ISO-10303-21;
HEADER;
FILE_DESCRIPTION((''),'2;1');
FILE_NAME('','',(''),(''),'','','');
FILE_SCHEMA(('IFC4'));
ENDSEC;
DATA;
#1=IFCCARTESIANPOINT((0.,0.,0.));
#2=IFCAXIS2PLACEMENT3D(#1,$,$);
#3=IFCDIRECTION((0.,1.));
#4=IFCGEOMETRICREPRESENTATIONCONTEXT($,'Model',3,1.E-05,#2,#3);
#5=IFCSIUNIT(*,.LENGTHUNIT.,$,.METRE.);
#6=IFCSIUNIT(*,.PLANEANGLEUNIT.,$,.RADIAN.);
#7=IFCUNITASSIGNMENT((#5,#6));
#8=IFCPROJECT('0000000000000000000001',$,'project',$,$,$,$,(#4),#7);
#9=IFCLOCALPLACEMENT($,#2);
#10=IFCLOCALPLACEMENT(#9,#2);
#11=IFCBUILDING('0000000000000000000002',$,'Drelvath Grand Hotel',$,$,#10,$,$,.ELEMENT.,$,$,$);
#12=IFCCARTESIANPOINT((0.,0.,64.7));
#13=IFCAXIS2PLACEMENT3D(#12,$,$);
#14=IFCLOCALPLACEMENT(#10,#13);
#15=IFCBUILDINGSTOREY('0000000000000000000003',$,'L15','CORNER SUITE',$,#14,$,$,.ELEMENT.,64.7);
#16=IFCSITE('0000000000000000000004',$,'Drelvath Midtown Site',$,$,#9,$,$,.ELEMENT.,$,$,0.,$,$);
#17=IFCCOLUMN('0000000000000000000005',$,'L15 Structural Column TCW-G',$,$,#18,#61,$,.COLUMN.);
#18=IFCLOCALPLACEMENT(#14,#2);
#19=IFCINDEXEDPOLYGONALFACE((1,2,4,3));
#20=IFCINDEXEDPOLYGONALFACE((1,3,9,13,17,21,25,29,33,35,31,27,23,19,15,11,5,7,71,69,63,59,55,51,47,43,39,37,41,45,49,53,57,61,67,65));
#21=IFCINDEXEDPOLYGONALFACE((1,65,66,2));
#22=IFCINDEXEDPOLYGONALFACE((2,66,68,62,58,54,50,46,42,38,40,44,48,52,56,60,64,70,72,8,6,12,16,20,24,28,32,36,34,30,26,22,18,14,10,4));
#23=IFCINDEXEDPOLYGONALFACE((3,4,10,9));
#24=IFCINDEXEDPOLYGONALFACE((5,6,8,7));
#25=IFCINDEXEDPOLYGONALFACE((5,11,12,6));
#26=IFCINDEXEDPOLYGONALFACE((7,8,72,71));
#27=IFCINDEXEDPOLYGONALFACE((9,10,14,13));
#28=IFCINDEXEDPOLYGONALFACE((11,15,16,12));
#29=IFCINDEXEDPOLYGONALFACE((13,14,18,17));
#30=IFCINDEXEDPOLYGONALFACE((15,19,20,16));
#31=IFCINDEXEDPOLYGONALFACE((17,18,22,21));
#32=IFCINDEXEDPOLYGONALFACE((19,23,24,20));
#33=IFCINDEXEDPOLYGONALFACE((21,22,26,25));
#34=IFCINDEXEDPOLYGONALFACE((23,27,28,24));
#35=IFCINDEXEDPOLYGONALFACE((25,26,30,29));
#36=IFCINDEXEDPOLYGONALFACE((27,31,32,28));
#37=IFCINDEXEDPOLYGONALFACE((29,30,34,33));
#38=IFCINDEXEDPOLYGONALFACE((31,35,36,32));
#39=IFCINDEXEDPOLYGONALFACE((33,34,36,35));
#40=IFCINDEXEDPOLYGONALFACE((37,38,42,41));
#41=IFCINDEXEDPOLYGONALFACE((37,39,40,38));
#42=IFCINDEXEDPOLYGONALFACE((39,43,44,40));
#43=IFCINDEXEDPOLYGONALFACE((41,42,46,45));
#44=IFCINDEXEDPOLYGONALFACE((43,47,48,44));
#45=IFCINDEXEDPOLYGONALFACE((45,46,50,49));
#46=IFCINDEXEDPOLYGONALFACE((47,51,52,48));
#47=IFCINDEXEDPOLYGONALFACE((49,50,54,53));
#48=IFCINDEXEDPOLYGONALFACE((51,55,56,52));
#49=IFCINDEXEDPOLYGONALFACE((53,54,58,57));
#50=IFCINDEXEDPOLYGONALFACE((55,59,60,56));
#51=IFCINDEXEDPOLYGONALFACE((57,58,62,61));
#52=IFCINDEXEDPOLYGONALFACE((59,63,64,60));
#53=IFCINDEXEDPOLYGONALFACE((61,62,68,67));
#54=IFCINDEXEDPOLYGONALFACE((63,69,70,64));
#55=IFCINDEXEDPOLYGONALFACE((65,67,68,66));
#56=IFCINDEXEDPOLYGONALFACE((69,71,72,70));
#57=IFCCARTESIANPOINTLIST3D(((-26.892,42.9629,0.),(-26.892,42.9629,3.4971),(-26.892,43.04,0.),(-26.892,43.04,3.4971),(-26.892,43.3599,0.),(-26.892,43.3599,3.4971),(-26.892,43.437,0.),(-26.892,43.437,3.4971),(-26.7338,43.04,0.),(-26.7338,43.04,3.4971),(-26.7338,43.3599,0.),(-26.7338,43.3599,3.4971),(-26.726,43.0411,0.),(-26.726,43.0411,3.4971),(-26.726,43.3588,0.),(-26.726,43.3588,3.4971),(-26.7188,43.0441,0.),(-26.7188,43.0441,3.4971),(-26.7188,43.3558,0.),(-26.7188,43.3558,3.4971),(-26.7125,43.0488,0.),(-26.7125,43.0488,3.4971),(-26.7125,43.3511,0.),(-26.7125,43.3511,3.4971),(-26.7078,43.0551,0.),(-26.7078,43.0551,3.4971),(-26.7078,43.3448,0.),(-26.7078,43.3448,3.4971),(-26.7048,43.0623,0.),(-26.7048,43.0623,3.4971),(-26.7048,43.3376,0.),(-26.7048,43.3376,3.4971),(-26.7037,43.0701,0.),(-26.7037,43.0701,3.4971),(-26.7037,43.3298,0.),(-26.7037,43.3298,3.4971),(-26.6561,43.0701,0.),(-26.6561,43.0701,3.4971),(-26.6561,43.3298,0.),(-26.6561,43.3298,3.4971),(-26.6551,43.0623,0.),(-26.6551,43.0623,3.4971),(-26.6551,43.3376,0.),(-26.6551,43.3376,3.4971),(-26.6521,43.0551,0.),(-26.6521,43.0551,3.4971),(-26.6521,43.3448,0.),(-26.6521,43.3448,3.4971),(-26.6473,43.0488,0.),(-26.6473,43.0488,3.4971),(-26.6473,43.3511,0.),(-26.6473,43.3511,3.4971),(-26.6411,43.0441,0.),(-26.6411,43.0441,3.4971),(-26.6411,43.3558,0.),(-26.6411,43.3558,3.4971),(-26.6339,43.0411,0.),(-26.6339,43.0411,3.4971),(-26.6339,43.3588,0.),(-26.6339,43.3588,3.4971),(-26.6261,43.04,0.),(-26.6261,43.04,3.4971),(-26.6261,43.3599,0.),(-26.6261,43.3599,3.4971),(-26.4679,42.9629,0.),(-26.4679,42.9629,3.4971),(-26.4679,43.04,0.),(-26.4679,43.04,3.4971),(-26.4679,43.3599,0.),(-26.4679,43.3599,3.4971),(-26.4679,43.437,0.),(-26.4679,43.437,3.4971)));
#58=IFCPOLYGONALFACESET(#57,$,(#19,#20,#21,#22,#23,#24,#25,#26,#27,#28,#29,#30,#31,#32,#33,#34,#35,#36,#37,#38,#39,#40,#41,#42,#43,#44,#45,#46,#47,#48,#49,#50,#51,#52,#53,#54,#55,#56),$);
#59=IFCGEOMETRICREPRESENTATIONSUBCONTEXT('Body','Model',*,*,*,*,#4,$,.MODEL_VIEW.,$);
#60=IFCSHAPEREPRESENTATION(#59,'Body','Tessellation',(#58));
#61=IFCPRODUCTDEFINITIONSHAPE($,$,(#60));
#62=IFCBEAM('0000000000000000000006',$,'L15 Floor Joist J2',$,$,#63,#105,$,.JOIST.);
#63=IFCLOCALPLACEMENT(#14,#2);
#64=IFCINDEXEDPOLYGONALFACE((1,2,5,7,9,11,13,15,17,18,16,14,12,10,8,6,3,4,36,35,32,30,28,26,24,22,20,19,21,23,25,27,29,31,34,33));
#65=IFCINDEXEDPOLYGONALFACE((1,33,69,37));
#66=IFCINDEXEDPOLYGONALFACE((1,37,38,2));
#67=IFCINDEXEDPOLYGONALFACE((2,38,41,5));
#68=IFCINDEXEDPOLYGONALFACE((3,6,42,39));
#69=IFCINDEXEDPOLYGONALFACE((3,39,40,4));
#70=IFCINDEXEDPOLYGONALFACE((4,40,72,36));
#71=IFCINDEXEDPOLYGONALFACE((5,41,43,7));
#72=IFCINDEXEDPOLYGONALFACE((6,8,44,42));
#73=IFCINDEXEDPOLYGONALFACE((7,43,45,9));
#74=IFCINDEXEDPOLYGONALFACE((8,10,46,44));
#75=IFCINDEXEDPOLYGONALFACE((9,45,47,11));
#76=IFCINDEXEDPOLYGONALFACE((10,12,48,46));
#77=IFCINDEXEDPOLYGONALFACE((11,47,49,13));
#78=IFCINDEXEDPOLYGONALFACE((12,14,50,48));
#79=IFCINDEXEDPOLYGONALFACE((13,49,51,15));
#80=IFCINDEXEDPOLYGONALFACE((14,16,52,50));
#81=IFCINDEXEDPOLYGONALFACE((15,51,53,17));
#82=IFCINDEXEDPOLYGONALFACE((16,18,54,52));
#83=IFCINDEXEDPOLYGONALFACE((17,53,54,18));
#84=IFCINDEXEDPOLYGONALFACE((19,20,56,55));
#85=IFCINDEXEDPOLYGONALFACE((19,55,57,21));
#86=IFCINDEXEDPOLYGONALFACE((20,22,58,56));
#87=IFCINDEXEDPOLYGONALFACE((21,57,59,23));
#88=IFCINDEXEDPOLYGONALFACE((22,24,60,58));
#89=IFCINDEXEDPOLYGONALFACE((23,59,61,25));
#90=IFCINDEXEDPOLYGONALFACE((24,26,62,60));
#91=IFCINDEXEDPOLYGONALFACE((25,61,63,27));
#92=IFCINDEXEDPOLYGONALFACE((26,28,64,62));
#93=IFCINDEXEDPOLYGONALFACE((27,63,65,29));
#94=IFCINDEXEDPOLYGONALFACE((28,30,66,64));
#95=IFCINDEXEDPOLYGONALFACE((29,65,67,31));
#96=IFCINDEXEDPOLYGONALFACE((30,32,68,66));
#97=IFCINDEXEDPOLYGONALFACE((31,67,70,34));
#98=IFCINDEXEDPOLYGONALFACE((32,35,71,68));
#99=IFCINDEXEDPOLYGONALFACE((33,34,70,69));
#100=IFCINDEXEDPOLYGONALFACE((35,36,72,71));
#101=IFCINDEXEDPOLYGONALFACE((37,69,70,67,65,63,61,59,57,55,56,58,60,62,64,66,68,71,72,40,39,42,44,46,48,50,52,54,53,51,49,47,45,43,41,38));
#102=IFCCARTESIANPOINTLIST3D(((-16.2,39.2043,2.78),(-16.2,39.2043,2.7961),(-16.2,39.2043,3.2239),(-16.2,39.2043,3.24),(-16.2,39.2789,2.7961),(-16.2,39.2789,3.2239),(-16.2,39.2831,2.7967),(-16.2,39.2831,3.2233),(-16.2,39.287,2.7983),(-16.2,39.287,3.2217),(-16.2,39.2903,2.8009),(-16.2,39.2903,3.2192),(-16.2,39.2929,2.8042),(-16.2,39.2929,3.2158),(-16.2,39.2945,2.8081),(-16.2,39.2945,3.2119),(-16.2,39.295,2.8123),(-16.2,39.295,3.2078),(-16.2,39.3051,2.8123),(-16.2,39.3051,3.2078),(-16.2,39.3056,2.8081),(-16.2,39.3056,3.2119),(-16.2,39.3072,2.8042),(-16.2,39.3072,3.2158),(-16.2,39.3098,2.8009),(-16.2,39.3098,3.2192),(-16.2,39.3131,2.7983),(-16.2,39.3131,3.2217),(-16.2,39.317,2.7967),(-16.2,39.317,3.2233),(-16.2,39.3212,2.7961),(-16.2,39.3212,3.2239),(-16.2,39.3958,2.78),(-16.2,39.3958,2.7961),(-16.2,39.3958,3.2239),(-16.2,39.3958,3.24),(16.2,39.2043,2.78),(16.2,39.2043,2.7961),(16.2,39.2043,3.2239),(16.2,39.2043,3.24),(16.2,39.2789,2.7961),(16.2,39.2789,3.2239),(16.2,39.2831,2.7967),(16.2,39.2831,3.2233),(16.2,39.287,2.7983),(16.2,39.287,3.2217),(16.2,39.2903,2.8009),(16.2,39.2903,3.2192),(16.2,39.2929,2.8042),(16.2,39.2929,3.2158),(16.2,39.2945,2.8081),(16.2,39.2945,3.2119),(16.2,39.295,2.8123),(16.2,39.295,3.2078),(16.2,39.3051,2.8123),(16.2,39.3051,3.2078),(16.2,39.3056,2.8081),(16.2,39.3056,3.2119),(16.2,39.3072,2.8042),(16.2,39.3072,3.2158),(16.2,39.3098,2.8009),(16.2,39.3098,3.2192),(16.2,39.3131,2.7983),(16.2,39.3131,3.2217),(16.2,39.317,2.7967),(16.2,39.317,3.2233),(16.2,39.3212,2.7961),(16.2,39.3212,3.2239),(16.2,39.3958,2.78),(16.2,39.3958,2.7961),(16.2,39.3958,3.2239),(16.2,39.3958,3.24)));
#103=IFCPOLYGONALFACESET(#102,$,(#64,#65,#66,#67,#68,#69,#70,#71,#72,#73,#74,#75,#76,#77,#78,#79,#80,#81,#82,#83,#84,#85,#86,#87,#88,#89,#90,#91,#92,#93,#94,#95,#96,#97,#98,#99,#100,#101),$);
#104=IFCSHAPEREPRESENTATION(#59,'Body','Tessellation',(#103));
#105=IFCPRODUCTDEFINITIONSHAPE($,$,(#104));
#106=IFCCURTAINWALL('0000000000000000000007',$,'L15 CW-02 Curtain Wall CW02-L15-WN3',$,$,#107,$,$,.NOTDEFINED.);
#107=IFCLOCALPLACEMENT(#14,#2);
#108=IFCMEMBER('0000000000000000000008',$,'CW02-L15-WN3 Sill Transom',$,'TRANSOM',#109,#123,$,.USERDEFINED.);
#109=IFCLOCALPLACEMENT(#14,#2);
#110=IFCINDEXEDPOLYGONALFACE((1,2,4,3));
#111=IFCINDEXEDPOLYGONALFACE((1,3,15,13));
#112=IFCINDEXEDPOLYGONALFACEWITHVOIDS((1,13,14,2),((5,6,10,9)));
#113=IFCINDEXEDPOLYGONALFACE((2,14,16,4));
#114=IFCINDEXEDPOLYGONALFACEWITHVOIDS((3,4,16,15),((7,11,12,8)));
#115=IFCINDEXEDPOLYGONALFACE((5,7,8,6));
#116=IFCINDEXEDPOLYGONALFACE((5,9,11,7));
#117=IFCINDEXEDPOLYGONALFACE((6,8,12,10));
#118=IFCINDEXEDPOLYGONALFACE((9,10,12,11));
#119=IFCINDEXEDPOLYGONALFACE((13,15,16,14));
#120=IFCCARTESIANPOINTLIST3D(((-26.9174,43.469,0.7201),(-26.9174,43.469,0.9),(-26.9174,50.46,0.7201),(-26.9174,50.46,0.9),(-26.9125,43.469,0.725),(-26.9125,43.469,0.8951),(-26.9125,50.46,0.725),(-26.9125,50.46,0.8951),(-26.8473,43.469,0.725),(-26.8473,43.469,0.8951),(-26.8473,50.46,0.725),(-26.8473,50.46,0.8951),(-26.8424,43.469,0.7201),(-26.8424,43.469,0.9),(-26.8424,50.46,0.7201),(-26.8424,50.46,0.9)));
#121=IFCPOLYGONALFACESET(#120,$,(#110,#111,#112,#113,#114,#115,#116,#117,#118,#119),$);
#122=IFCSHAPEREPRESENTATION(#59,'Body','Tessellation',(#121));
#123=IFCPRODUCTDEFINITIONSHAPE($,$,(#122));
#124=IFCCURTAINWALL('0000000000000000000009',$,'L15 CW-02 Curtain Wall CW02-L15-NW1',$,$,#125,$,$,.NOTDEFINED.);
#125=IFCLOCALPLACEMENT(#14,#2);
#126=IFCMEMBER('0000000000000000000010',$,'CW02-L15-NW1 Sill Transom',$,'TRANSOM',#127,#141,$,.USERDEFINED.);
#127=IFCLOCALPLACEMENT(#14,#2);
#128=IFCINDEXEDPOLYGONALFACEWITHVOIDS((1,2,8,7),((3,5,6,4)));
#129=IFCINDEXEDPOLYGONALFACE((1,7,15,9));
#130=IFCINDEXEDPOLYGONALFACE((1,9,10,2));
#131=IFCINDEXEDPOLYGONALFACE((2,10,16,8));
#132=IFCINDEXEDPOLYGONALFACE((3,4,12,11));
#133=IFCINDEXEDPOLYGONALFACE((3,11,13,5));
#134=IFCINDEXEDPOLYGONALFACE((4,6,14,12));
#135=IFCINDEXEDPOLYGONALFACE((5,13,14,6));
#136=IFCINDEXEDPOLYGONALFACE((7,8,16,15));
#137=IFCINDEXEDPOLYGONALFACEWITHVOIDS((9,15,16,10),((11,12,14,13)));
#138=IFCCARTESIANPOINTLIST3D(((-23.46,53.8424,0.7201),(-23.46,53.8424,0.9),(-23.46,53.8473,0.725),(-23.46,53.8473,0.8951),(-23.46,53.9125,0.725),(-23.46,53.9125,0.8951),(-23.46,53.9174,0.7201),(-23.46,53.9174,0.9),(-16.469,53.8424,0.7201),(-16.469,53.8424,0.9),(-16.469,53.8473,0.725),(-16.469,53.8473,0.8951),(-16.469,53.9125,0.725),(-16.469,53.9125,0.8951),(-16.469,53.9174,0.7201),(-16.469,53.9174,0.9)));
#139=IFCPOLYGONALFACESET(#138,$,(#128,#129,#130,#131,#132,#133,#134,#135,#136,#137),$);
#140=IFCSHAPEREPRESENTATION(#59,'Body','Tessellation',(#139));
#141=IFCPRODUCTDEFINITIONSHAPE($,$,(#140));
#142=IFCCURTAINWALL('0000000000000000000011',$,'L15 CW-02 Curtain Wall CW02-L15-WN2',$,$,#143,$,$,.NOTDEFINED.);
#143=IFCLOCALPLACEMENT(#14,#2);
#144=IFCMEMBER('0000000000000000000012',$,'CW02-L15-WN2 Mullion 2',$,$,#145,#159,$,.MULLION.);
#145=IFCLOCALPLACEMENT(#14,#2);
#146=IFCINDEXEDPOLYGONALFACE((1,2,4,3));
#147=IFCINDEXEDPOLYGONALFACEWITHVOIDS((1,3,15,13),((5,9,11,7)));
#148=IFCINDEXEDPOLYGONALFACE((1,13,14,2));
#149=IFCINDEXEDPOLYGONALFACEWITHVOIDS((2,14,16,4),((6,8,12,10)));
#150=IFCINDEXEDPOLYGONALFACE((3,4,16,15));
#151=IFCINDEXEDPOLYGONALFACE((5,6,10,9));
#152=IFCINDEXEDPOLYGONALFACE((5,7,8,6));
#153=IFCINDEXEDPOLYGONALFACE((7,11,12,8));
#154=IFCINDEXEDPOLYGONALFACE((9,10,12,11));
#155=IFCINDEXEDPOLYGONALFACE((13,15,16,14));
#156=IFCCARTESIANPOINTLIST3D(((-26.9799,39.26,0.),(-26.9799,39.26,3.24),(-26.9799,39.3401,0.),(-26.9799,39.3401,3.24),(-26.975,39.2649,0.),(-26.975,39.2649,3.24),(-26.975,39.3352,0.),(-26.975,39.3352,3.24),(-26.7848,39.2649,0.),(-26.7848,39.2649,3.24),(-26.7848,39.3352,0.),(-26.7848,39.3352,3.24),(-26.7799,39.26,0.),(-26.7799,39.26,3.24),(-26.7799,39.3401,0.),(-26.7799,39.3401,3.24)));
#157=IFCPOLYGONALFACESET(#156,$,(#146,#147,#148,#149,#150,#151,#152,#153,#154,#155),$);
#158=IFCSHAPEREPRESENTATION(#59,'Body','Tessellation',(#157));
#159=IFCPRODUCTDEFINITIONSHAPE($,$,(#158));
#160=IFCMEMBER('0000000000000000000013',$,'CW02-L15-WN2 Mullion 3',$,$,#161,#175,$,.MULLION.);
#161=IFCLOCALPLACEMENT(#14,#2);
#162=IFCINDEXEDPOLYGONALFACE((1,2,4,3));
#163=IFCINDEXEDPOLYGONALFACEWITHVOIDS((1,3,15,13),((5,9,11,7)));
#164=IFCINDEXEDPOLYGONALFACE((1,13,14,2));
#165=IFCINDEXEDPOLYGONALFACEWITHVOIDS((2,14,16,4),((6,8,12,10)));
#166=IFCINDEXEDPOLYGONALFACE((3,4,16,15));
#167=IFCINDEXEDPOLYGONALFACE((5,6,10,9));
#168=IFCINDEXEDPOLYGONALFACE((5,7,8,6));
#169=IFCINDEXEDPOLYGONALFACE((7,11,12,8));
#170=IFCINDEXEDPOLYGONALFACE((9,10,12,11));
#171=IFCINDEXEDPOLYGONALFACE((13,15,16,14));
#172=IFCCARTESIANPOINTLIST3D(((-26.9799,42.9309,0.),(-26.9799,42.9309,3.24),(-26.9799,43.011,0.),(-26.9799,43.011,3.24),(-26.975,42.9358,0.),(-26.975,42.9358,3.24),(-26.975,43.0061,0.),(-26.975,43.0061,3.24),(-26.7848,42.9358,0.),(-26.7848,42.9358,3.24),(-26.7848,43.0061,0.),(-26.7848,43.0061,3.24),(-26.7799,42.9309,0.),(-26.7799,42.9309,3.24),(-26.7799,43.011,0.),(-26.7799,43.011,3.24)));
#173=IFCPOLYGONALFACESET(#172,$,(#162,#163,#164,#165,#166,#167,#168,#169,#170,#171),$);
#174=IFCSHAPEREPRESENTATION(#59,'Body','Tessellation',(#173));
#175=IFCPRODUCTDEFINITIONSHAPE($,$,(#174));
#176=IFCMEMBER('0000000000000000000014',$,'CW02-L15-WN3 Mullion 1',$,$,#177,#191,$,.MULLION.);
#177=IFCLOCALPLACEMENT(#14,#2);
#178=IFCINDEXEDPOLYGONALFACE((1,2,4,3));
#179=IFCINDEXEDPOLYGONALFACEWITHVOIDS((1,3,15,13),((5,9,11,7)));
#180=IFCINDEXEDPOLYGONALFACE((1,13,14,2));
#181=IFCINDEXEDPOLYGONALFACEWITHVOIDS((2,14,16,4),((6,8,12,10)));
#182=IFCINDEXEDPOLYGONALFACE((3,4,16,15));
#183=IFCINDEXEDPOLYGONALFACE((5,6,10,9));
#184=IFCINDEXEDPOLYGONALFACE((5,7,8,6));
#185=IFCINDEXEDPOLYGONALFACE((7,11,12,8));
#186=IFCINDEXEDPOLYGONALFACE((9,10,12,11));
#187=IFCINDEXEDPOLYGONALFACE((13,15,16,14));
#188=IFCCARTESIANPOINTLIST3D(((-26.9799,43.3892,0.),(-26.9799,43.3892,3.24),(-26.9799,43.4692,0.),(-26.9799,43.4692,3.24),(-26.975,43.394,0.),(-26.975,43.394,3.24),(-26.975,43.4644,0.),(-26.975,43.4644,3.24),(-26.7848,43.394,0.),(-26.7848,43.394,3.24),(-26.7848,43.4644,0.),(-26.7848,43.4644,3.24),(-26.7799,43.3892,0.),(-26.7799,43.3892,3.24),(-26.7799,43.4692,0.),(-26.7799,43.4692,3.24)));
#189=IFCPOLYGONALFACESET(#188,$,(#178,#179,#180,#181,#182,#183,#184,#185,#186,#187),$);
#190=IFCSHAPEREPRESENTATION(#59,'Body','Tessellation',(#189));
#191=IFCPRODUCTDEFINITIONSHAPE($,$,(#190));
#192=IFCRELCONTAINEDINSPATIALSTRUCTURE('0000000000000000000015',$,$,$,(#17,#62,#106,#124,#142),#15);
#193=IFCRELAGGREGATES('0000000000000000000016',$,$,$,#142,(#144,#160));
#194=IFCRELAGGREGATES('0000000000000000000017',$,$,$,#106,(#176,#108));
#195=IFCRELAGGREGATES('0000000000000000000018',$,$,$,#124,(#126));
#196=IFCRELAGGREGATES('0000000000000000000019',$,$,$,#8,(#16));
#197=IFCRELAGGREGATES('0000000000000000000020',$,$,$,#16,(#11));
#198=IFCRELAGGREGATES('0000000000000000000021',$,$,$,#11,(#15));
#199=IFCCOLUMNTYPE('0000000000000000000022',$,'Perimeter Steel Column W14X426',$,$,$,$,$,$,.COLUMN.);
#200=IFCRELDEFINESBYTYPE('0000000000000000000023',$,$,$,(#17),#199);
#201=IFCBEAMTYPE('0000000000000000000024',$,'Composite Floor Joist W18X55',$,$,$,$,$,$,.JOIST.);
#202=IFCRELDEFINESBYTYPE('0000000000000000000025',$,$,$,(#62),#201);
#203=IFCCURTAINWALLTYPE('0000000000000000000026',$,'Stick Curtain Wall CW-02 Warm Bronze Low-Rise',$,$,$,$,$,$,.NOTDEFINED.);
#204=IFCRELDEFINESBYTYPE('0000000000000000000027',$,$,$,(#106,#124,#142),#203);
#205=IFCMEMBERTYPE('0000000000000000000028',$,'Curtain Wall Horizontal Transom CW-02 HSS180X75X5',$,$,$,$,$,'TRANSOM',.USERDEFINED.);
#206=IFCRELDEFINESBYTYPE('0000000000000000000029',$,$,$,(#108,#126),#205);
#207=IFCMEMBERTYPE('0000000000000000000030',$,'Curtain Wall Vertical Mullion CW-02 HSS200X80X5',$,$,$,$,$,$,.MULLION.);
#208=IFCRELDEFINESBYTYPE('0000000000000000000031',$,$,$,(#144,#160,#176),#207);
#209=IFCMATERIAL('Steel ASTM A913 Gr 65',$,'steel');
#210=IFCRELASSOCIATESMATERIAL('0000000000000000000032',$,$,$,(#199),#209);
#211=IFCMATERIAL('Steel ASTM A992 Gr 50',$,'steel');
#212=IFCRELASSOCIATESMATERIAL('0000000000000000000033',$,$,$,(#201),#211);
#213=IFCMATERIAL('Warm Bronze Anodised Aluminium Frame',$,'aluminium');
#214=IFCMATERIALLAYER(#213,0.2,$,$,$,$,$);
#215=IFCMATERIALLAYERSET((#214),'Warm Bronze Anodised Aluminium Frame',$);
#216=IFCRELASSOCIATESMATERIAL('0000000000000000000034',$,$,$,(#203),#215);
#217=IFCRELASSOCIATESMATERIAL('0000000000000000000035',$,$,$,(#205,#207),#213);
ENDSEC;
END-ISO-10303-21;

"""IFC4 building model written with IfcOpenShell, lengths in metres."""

from ifc_helpers import new_model, si_unit, direction, frame, origin, origin_2d, place, context, subcontext, project, spatial, hollow_rectangle, i_section, extrude, material, layer, layer_set, material_profile, profile_set, type_object, element, aggregate, save


model = new_model("IFC4")

# Units and contexts
model_context = context("Model", 3, precision=1e-05, world=origin(), true_north=direction((0.0, 1.0)))
body_context = subcontext(model_context, "Body", "Model", "MODEL_VIEW")
ifc_project = project(units=[si_unit("LENGTHUNIT", "METRE"), si_unit("PLANEANGLEUNIT", "RADIAN")], contexts=[model_context])

# Site, building, storey
site_placement = place(None, origin())
site = spatial("IfcSite", under=ifc_project, at=site_placement, Name="Drelvath Midtown Site", CompositionType="ELEMENT", RefElevation=0.0)
building_placement = place(site_placement, origin())
building = spatial("IfcBuilding", under=site, at=building_placement, Name="Drelvath Grand Hotel", CompositionType="ELEMENT")
storey_placement = place(building_placement, frame((0.0, 0.0, 64.7)))
storey = spatial("IfcBuildingStorey", under=building, at=storey_placement, Name="L15", Description="CORNER SUITE", CompositionType="ELEMENT", Elevation=64.7)

# Column
ifc_material_1 = material(Name="Steel ASTM A913 Gr 65", Category="steel")
ifc_material_profile_1 = material_profile(ifc_material_1, i_section(OverallWidth=0.4241, OverallDepth=0.4741, WebThickness=0.0476, FlangeThickness=0.0771, FilletRadius=0.03, at=origin_2d()), Name="W14X426")
ifc_profile_set_1 = profile_set([ifc_material_profile_1], Name="Steel ASTM A913 Gr 65")
column_type = type_object("IfcColumnType", Name="Perimeter Steel Column W14X426", PredefinedType="COLUMN", material=ifc_profile_set_1)
column_placement = place(storey_placement, frame((-26.6799, 43.2, 0.0), z_axis=(0.0, 0.0, 1.0), x_axis=(1.0, 0.0, 0.0)))
element("IfcColumn", 1, at=column_placement, inside=storey, type_object=column_type, Name="L15 Structural Column TCW-G", PredefinedType="COLUMN", context=body_context, shape_type="SweptSolid", body=[
    extrude(i_section(OverallWidth=0.4241, OverallDepth=0.4741, WebThickness=0.0476, FlangeThickness=0.0771, FilletRadius=0.03, at=origin_2d()), origin(), (0.0, 0.0, 1.0), 3.4971),
])

# Beam
ifc_material_2 = material(Name="Steel ASTM A992 Gr 50", Category="steel")
ifc_material_profile_2 = material_profile(ifc_material_2, i_section(OverallWidth=0.1914, OverallDepth=0.46, WebThickness=0.01, FlangeThickness=0.0161, FilletRadius=0.0161, at=origin_2d()), Name="W18X55")
ifc_profile_set_2 = profile_set([ifc_material_profile_2], Name="Steel ASTM A992 Gr 50")
beam_type_1 = type_object("IfcBeamType", Name="Composite Floor Joist W18X55", PredefinedType="JOIST", material=ifc_profile_set_2)
beam_1_placement = place(storey_placement, frame((-16.2, 39.3, 3.01), z_axis=(1.0, 0.0, 0.0), x_axis=(0.0, 1.0, 0.0)))
element("IfcBeam", 2, at=beam_1_placement, inside=storey, type_object=beam_type_1, Name="L15 Floor Joist J2", PredefinedType="JOIST", context=body_context, shape_type="SweptSolid", body=[
    extrude(i_section(OverallWidth=0.1914, OverallDepth=0.46, WebThickness=0.01, FlangeThickness=0.0161, FilletRadius=0.0161, at=origin_2d()), origin(), (0.0, 0.0, 1.0), 32.3999),
])

# Curtain walls, members
ifc_material_3 = material(Name="Warm Bronze Anodised Aluminium Frame", Category="aluminium")
ifc_layer_1 = layer(ifc_material_3, 0.2)
ifc_layer_set_1 = layer_set([ifc_layer_1], Name="Warm Bronze Anodised Aluminium Frame")
curtain_wall_type = type_object("IfcCurtainWallType", Name="Stick Curtain Wall CW-02 Warm Bronze Low-Rise", PredefinedType="NOTDEFINED", material=ifc_layer_set_1)
curtain_wall_1_placement = place(storey_placement, origin())
curtain_wall_1 = element("IfcCurtainWall", 3, at=curtain_wall_1_placement, inside=storey, type_object=curtain_wall_type, Name="L15 CW-02 Curtain Wall CW02-L15-WN3", PredefinedType="NOTDEFINED")
ifc_material_profile_3 = material_profile(ifc_material_3, hollow_rectangle(XDim=0.075, YDim=0.1799, WallThickness=0.0049, at=origin_2d()), Name="HSS180X75X5")
ifc_profile_set_3 = profile_set([ifc_material_profile_3], Name="Warm Bronze Anodised Aluminium Frame")
member_type_1 = type_object("IfcMemberType", Name="Curtain Wall Horizontal Transom CW-02 HSS180X75X5", ElementType="TRANSOM", PredefinedType="USERDEFINED", material=ifc_profile_set_3)
member_1_placement = place(storey_placement, frame((-26.8799, 43.469, 0.8101), z_axis=(0.0, 1.0, 0.0), x_axis=(-1.0, 0.0, 0.0)))
member_1 = element("IfcMember", 4, at=member_1_placement, type_object=member_type_1, Name="CW02-L15-WN3 Sill Transom", ObjectType="TRANSOM", PredefinedType="USERDEFINED", context=body_context, shape_type="SweptSolid", body=[
    extrude(hollow_rectangle(XDim=0.075, YDim=0.1799, WallThickness=0.0049, at=origin_2d()), origin(), (0.0, 0.0, 1.0), 6.991),
])
curtain_wall_2_placement = place(storey_placement, origin())
curtain_wall_2 = element("IfcCurtainWall", 5, at=curtain_wall_2_placement, inside=storey, type_object=curtain_wall_type, Name="L15 CW-02 Curtain Wall CW02-L15-NW1", PredefinedType="NOTDEFINED")
member_2_placement = place(storey_placement, frame((-23.46, 53.8799, 0.8101), z_axis=(1.0, 0.0, 0.0), x_axis=(0.0, 1.0, 0.0)))
member_2 = element("IfcMember", 6, at=member_2_placement, type_object=member_type_1, Name="CW02-L15-NW1 Sill Transom", ObjectType="TRANSOM", PredefinedType="USERDEFINED", context=body_context, shape_type="SweptSolid", body=[
    extrude(hollow_rectangle(XDim=0.075, YDim=0.1799, WallThickness=0.0049, at=origin_2d()), origin(), (0.0, 0.0, 1.0), 6.991),
])

# Curtain wall, members
curtain_wall_3_placement = place(storey_placement, origin())
curtain_wall_3 = element("IfcCurtainWall", 7, at=curtain_wall_3_placement, inside=storey, type_object=curtain_wall_type, Name="L15 CW-02 Curtain Wall CW02-L15-WN2", PredefinedType="NOTDEFINED")
ifc_material_profile_4 = material_profile(ifc_material_3, hollow_rectangle(XDim=0.0801, YDim=0.2, WallThickness=0.0049, at=origin_2d()), Name="HSS200X80X5")
ifc_profile_set_4 = profile_set([ifc_material_profile_4], Name="Warm Bronze Anodised Aluminium Frame")
member_type_2 = type_object("IfcMemberType", Name="Curtain Wall Vertical Mullion CW-02 HSS200X80X5", PredefinedType="MULLION", material=ifc_profile_set_4)
member_3_placement = place(storey_placement, frame((-26.8799, 39.3, 0.0), z_axis=(0.0, 0.0, 1.0), x_axis=(0.0, 1.0, 0.0)))
member_3 = element("IfcMember", 8, at=member_3_placement, type_object=member_type_2, Name="CW02-L15-WN2 Mullion 2", PredefinedType="MULLION", context=body_context, shape_type="SweptSolid", body=[
    extrude(hollow_rectangle(XDim=0.0801, YDim=0.2, WallThickness=0.0049, at=origin_2d()), origin(), (0.0, 0.0, 1.0), 3.24),
])
member_4_placement = place(storey_placement, frame((-26.8799, 42.9709, 0.0), z_axis=(0.0, 0.0, 1.0), x_axis=(0.0, 1.0, 0.0)))
member_4 = element("IfcMember", 9, at=member_4_placement, type_object=member_type_2, Name="CW02-L15-WN2 Mullion 3", PredefinedType="MULLION", context=body_context, shape_type="SweptSolid", body=[
    extrude(hollow_rectangle(XDim=0.0801, YDim=0.2, WallThickness=0.0049, at=origin_2d()), origin(), (0.0, 0.0, 1.0), 3.24),
])

# Member
member_5_placement = place(storey_placement, frame((-26.8799, 43.4292, 0.0), z_axis=(0.0, 0.0, 1.0), x_axis=(0.0, 1.0, 0.0)))
member_5 = element("IfcMember", 10, at=member_5_placement, type_object=member_type_2, Name="CW02-L15-WN3 Mullion 1", PredefinedType="MULLION", context=body_context, shape_type="SweptSolid", body=[
    extrude(hollow_rectangle(XDim=0.0801, YDim=0.2, WallThickness=0.0049, at=origin_2d()), origin(), (0.0, 0.0, 1.0), 3.24),
])

aggregate(curtain_wall_3, [member_3, member_4])
aggregate(curtain_wall_1, [member_5, member_1])
aggregate(curtain_wall_2, [member_2])

save(model, "model.ifc")
